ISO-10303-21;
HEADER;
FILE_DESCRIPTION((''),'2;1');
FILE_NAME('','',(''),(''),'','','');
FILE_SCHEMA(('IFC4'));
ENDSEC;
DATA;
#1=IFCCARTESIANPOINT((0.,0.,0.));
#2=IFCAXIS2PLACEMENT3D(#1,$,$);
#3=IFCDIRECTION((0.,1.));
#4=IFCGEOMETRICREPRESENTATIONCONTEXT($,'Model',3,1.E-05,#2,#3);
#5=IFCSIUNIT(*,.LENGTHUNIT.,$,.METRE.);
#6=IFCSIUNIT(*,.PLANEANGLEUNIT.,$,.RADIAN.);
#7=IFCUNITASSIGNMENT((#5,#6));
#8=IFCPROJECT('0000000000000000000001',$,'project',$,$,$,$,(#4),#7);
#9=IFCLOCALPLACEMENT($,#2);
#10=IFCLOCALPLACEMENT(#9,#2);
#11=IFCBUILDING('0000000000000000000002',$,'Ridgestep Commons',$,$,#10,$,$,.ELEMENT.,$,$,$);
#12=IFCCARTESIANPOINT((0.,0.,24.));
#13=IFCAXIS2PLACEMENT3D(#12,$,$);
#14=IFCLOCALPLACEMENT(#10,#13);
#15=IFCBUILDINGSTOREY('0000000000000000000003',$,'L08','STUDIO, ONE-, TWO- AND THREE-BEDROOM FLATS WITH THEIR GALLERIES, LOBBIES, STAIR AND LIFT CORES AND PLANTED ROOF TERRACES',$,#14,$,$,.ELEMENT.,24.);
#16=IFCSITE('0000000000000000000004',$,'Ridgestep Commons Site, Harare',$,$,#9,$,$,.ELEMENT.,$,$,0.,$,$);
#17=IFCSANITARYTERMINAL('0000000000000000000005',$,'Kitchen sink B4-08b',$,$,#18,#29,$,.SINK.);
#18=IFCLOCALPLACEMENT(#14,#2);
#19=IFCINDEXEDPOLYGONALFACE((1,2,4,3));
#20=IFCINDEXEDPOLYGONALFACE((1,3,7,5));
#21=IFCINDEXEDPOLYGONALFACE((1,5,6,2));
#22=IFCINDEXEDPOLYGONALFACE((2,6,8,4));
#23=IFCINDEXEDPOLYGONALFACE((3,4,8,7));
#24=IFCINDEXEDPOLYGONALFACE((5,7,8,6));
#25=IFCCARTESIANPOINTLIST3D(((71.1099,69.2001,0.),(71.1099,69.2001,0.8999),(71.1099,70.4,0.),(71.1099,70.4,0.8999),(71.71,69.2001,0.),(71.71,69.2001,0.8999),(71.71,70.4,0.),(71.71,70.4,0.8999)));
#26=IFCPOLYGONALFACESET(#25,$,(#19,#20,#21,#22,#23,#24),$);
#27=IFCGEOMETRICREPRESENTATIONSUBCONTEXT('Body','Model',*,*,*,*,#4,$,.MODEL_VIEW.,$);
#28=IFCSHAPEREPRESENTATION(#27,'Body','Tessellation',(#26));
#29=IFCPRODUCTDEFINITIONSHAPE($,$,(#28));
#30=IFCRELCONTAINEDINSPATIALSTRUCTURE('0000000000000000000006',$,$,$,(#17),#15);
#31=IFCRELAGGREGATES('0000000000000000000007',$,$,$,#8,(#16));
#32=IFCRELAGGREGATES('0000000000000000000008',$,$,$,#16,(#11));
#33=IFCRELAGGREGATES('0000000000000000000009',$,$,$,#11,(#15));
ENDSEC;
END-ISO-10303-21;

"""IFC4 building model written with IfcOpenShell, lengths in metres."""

from ifc_helpers import new_model, si_unit, direction, frame, origin, origin_2d, place, context, subcontext, project, spatial, rectangle, extrude, element, save


model = new_model("IFC4")

# Units and contexts
model_context = context("Model", 3, precision=1e-05, world=origin(), true_north=direction((0.0, 1.0)))
body_context = subcontext(model_context, "Body", "Model", "MODEL_VIEW")
ifc_project = project(units=[si_unit("LENGTHUNIT", "METRE"), si_unit("PLANEANGLEUNIT", "RADIAN")], contexts=[model_context])

# Site, building, storey
site_placement = place(None, origin())
site = spatial("IfcSite", under=ifc_project, at=site_placement, Name="Ridgestep Commons Site, Harare", CompositionType="ELEMENT", RefElevation=0.0)
building_placement = place(site_placement, origin())
building = spatial("IfcBuilding", under=site, at=building_placement, Name="Ridgestep Commons", CompositionType="ELEMENT")
storey_placement = place(building_placement, frame((0.0, 0.0, 24.0)))
storey = spatial("IfcBuildingStorey", under=building, at=storey_placement, Name="L08", Description="STUDIO, ONE-, TWO- AND THREE-BEDROOM FLATS WITH THEIR GALLERIES, LOBBIES, STAIR AND LIFT CORES AND PLANTED ROOF TERRACES", CompositionType="ELEMENT", Elevation=24.0)

# Sanitary terminal
sanitary_terminal_1_placement = place(storey_placement, frame((71.4099, 69.8, 0.0), z_axis=(0.0, 0.0, 1.0), x_axis=(1.0, 0.0, 0.0)))
element("IfcSanitaryTerminal", 1, at=sanitary_terminal_1_placement, inside=storey, Name="Kitchen sink B4-08b", PredefinedType="SINK", context=body_context, shape_type="SweptSolid", body=[
    extrude(rectangle(XDim=0.6001, YDim=1.2, at=origin_2d()), origin(), (0.0, 0.0, 1.0), 0.8999),
])

save(model, "model.ifc")
